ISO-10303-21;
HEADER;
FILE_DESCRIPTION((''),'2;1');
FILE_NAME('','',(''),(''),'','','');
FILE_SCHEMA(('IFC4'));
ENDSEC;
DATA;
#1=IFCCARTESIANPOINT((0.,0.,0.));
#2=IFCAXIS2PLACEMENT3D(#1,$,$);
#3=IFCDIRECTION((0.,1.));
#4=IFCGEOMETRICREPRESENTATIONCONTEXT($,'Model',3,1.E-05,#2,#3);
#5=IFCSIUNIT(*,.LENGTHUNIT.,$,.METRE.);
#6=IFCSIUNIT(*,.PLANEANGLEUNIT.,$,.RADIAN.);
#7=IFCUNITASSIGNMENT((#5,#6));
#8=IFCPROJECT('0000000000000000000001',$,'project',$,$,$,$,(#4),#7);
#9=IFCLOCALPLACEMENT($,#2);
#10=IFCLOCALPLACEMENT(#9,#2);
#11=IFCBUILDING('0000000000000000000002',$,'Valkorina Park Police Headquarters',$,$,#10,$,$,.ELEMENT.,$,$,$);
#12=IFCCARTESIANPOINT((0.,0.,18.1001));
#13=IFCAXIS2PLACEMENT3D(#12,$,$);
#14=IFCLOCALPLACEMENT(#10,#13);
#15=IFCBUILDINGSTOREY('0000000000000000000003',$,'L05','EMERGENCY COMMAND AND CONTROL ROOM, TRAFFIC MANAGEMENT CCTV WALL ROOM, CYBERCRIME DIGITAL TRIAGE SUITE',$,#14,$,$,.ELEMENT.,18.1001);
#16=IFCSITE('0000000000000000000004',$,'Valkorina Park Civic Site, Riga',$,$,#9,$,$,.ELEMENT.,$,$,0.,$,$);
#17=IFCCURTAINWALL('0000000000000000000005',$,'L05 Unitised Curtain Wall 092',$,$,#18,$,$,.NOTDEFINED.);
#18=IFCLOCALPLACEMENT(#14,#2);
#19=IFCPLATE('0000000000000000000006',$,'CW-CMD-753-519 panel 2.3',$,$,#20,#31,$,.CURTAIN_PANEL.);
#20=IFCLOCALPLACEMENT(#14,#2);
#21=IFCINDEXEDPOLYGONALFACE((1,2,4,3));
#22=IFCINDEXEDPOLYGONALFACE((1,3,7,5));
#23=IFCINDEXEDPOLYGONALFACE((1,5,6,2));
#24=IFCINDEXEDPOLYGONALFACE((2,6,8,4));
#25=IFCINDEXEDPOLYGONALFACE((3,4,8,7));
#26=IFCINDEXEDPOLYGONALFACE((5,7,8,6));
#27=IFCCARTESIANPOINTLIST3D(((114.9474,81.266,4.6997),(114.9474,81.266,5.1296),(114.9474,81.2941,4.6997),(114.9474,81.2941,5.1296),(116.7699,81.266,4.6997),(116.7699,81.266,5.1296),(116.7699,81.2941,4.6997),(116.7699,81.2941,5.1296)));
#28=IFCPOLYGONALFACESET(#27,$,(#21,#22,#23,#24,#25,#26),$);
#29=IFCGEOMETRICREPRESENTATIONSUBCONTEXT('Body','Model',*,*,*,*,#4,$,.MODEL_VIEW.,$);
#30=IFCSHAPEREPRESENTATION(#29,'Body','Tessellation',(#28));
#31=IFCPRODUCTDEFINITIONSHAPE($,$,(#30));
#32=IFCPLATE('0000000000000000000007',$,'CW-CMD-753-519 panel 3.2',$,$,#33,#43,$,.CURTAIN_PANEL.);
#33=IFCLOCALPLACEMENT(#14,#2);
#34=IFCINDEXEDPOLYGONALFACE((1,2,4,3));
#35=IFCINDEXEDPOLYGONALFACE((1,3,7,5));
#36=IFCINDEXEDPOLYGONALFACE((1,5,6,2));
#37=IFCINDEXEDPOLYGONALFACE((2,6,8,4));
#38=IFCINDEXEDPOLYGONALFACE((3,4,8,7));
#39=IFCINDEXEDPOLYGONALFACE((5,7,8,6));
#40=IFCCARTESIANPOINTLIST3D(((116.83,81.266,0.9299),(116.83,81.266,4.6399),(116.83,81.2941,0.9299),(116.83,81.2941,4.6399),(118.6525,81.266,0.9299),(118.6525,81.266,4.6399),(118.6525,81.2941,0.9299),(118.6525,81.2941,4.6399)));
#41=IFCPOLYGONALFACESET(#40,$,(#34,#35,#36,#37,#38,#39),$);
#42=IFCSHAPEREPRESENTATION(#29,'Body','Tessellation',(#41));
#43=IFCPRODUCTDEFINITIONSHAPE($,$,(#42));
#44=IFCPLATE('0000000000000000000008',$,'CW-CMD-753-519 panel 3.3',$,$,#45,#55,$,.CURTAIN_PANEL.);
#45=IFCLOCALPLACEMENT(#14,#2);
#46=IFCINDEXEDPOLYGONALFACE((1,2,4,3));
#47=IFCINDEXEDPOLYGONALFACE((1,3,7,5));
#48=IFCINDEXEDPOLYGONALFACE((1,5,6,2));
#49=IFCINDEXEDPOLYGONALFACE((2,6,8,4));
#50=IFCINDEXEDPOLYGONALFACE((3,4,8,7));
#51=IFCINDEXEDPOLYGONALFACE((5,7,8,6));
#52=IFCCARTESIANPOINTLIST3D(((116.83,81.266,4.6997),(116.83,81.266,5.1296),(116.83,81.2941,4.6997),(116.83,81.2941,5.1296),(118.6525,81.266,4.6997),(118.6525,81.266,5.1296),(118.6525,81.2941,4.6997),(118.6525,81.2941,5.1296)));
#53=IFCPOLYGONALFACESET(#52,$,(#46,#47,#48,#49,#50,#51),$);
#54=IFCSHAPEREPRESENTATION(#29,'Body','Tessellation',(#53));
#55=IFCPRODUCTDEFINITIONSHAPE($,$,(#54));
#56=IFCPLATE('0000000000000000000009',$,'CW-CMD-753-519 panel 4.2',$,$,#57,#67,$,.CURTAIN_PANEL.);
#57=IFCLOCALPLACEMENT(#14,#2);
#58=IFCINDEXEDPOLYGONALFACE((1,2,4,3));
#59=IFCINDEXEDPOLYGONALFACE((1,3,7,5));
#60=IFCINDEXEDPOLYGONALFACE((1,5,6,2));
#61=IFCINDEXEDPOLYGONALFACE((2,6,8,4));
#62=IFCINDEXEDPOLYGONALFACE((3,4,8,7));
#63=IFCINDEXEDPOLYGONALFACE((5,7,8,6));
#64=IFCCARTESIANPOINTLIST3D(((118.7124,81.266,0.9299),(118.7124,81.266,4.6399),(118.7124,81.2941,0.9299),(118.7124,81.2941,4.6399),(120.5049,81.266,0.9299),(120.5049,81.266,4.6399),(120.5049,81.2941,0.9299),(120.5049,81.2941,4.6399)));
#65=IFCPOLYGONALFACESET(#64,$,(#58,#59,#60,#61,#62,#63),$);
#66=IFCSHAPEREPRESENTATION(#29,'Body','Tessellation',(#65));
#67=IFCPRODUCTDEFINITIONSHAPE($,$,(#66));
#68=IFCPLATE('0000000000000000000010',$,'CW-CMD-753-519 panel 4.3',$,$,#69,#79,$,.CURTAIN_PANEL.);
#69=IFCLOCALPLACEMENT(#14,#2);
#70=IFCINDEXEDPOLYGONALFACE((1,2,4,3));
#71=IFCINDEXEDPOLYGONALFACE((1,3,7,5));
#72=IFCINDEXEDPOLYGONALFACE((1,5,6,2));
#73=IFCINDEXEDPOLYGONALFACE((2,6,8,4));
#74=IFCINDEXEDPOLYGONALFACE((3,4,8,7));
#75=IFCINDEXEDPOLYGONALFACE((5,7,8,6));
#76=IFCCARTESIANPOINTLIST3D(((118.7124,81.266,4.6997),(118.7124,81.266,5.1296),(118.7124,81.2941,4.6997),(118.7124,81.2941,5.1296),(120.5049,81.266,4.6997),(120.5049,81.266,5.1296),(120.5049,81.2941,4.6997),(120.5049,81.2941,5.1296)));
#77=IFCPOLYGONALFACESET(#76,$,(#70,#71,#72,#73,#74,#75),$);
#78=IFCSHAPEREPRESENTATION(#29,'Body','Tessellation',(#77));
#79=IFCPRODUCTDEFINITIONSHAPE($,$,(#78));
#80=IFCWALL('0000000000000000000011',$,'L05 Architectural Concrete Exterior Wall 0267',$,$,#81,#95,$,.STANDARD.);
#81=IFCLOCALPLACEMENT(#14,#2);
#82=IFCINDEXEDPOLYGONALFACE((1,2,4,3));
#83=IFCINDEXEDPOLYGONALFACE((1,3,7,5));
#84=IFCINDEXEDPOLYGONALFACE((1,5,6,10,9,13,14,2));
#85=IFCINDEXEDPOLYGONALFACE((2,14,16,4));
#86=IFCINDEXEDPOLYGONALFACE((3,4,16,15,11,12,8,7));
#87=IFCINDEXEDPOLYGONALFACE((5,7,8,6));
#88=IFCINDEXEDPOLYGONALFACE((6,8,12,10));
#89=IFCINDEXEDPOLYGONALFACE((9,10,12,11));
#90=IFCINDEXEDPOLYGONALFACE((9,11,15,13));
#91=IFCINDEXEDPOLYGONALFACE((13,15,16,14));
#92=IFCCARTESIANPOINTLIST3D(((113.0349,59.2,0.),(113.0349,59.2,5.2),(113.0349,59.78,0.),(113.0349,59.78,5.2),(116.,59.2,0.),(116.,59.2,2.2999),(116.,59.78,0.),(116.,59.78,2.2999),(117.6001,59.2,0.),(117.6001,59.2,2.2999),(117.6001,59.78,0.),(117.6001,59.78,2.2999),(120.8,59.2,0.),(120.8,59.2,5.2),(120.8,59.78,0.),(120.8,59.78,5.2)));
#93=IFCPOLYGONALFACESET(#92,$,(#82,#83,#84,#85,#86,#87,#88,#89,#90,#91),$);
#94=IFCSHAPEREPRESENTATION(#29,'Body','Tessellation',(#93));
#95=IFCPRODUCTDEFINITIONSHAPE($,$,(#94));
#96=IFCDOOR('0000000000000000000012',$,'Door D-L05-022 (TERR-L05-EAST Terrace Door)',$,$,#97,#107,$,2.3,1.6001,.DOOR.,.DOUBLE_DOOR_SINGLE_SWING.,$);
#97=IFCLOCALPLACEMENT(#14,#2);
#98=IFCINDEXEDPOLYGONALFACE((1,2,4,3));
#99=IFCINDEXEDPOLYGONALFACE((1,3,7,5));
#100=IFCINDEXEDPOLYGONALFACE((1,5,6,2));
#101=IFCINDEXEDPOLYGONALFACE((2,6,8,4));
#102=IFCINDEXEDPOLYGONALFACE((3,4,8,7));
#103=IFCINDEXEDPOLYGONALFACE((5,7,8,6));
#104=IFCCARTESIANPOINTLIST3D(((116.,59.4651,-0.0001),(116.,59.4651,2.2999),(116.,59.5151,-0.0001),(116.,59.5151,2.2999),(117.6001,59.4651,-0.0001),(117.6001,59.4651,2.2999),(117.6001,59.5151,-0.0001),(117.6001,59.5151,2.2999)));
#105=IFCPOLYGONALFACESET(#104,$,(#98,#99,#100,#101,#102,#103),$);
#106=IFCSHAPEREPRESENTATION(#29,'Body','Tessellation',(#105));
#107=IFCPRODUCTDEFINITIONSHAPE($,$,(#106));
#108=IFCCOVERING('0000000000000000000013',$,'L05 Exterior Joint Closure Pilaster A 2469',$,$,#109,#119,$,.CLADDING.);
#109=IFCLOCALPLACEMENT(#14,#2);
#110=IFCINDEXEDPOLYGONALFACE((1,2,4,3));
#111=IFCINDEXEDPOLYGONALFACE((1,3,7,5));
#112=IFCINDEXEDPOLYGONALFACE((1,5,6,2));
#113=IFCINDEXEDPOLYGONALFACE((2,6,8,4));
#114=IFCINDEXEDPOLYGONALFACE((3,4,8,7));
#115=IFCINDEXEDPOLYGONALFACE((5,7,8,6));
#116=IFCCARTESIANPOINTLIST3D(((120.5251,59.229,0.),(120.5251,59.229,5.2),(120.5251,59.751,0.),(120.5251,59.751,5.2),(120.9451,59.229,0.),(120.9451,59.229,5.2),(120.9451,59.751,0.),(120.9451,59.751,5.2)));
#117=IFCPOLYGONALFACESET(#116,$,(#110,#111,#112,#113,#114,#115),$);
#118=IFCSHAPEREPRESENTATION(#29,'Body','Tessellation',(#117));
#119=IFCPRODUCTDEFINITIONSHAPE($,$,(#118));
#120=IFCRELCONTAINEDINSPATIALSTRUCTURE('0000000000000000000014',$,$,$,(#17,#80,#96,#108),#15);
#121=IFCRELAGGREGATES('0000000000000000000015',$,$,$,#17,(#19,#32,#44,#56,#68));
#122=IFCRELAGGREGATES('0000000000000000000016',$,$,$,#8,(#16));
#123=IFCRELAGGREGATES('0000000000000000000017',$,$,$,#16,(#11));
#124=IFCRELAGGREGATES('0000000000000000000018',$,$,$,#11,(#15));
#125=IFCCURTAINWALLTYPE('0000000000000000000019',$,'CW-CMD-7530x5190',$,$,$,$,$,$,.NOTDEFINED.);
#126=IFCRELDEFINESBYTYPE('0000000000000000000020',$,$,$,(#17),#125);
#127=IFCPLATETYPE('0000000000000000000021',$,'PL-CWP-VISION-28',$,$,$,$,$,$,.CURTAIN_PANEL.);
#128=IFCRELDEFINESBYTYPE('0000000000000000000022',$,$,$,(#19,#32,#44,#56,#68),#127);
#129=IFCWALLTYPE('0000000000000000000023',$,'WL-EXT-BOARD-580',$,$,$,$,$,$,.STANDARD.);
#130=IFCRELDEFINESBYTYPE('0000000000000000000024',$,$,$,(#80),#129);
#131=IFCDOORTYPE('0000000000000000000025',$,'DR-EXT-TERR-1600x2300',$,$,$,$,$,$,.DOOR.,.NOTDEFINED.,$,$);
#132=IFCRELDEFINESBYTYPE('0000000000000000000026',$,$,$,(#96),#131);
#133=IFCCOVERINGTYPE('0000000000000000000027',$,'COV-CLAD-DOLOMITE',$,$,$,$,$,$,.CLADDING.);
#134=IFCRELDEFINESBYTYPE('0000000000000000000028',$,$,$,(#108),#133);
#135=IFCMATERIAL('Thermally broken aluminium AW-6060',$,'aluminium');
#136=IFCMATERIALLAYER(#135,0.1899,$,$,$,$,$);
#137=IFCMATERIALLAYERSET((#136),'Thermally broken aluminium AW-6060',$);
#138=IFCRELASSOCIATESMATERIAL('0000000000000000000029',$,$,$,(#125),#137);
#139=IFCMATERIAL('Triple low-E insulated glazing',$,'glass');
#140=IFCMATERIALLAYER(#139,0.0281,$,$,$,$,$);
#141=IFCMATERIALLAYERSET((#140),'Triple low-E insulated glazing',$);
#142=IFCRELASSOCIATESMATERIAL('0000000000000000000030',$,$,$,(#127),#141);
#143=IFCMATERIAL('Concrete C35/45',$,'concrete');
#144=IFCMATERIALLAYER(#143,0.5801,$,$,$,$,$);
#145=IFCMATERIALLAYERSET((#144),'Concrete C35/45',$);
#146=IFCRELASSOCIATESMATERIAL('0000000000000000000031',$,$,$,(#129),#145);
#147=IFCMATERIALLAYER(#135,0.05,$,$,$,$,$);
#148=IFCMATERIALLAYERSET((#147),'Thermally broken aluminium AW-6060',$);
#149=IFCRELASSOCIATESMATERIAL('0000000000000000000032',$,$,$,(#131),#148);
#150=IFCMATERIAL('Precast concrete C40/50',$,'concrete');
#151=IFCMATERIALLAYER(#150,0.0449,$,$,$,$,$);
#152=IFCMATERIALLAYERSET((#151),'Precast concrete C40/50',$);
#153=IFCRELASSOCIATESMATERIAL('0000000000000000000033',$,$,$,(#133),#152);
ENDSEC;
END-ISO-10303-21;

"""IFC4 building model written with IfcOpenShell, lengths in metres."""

from ifc_helpers import new_model, si_unit, direction, frame, frame_2d, origin, origin_2d, place, context, subcontext, project, spatial, rectangle, extrude, material, layer, layer_set, type_object, element, fill, aggregate, save


model = new_model("IFC4")

# Units and contexts
model_context = context("Model", 3, precision=1e-05, world=origin(), true_north=direction((0.0, 1.0)))
body_context = subcontext(model_context, "Body", "Model", "MODEL_VIEW")
ifc_project = project(units=[si_unit("LENGTHUNIT", "METRE"), si_unit("PLANEANGLEUNIT", "RADIAN")], contexts=[model_context])

# Site, building, storey
site_placement = place(None, origin())
site = spatial("IfcSite", under=ifc_project, at=site_placement, Name="Valkorina Park Civic Site, Riga", CompositionType="ELEMENT", RefElevation=0.0)
building_placement = place(site_placement, origin())
building = spatial("IfcBuilding", under=site, at=building_placement, Name="Valkorina Park Police Headquarters", CompositionType="ELEMENT")
storey_placement = place(building_placement, frame((0.0, 0.0, 18.1001)))
storey = spatial("IfcBuildingStorey", under=building, at=storey_placement, Name="L05", Description="EMERGENCY COMMAND AND CONTROL ROOM, TRAFFIC MANAGEMENT CCTV WALL ROOM, CYBERCRIME DIGITAL TRIAGE SUITE", CompositionType="ELEMENT", Elevation=18.1001)

# Curtain wall, plates
ifc_material_1 = material(Name="Thermally broken aluminium AW-6060", Category="aluminium")
ifc_layer_1 = layer(ifc_material_1, 0.1899)
ifc_layer_set_1 = layer_set([ifc_layer_1], Name="Thermally broken aluminium AW-6060")
curtain_wall_type = type_object("IfcCurtainWallType", Name="CW-CMD-7530x5190", PredefinedType="NOTDEFINED", material=ifc_layer_set_1)
curtain_wall_placement = place(storey_placement, origin())
curtain_wall = element("IfcCurtainWall", 1, at=curtain_wall_placement, inside=storey, type_object=curtain_wall_type, Name="L05 Unitised Curtain Wall 092", PredefinedType="NOTDEFINED")
ifc_material_2 = material(Name="Triple low-E insulated glazing", Category="glass")
ifc_layer_2 = layer(ifc_material_2, 0.0281)
ifc_layer_set_2 = layer_set([ifc_layer_2], Name="Triple low-E insulated glazing")
plate_type_1 = type_object("IfcPlateType", Name="PL-CWP-VISION-28", PredefinedType="CURTAIN_PANEL", material=ifc_layer_set_2)
plate_1_placement = place(storey_placement, frame((115.8586, 81.28, 4.6997), z_axis=(0.0, 0.0, 1.0), x_axis=(1.0, 0.0, 0.0)))
plate_1 = element("IfcPlate", 2, at=plate_1_placement, type_object=plate_type_1, Name="CW-CMD-753-519 panel 2.3", PredefinedType="CURTAIN_PANEL", context=body_context, shape_type="SweptSolid", body=[
    extrude(rectangle(XDim=1.8225, YDim=0.0281, at=origin_2d()), origin(), (0.0, 0.0, 1.0), 0.4299),
])
plate_2_placement = place(storey_placement, frame((117.7412, 81.28, 0.9299), z_axis=(0.0, 0.0, 1.0), x_axis=(1.0, 0.0, 0.0)))
plate_2 = element("IfcPlate", 3, at=plate_2_placement, type_object=plate_type_1, Name="CW-CMD-753-519 panel 3.2", PredefinedType="CURTAIN_PANEL", context=body_context, shape_type="SweptSolid", body=[
    extrude(rectangle(XDim=1.8225, YDim=0.0281, at=origin_2d()), origin(), (0.0, 0.0, 1.0), 3.71),
])
plate_3_placement = place(storey_placement, frame((117.7412, 81.28, 4.6997), z_axis=(0.0, 0.0, 1.0), x_axis=(1.0, 0.0, 0.0)))
plate_3 = element("IfcPlate", 4, at=plate_3_placement, type_object=plate_type_1, Name="CW-CMD-753-519 panel 3.3", PredefinedType="CURTAIN_PANEL", context=body_context, shape_type="SweptSolid", body=[
    extrude(rectangle(XDim=1.8225, YDim=0.0281, at=origin_2d()), origin(), (0.0, 0.0, 1.0), 0.4299),
])
plate_4_placement = place(storey_placement, frame((119.6086, 81.28, 0.9299), z_axis=(0.0, 0.0, 1.0), x_axis=(1.0, 0.0, 0.0)))
plate_4 = element("IfcPlate", 5, at=plate_4_placement, type_object=plate_type_1, Name="CW-CMD-753-519 panel 4.2", PredefinedType="CURTAIN_PANEL", context=body_context, shape_type="SweptSolid", body=[
    extrude(rectangle(XDim=1.7925, YDim=0.0281, at=origin_2d()), origin(), (0.0, 0.0, 1.0), 3.71),
])
plate_5_placement = place(storey_placement, frame((119.6086, 81.28, 4.6997), z_axis=(0.0, 0.0, 1.0), x_axis=(1.0, 0.0, 0.0)))
plate_5 = element("IfcPlate", 6, at=plate_5_placement, type_object=plate_type_1, Name="CW-CMD-753-519 panel 4.3", PredefinedType="CURTAIN_PANEL", context=body_context, shape_type="SweptSolid", body=[
    extrude(rectangle(XDim=1.7925, YDim=0.0281, at=origin_2d()), origin(), (0.0, 0.0, 1.0), 0.4299),
])
aggregate(curtain_wall, [plate_1, plate_2, plate_3, plate_4, plate_5])

# Wall, opening, door
ifc_material_3 = material(Name="Concrete C35/45", Category="concrete")
ifc_layer_3 = layer(ifc_material_3, 0.5801)
ifc_layer_set_3 = layer_set([ifc_layer_3], Name="Concrete C35/45")
wall_type = type_object("IfcWallType", Name="WL-EXT-BOARD-580", PredefinedType="STANDARD", material=ifc_layer_set_3)
wall_placement = place(storey_placement, frame((120.8, 59.49, 0.0), z_axis=(0.0, 0.0, 1.0), x_axis=(-1.0, 0.0, 0.0)))
wall = element("IfcWall", 7, at=wall_placement, inside=storey, type_object=wall_type, Name="L05 Architectural Concrete Exterior Wall 0267", PredefinedType="STANDARD", context=body_context, shape_type="SweptSolid", body=[
    extrude(rectangle(XDim=7.7651, YDim=0.5801, at=frame_2d((3.8826, 0.0))), origin(), (0.0, 0.0, 1.0), 5.2),
])
opening_placement = place(wall_placement, frame((3.2, 0.0, 0.0)))
opening = element("IfcOpeningElement", 8, at=opening_placement, cuts=wall, PredefinedType="OPENING", context=body_context, shape_type="SweptSolid", body=[
    extrude(rectangle(XDim=1.6001, YDim=2.3, at=frame_2d((0.8, 1.1499))), frame((0.0, 0.3, 0.0), z_axis=(0.0, -1.0, 0.0), x_axis=(1.0, 0.0, 0.0)), (0.0, 0.0, 1.0), 0.6001),
])
ifc_layer_4 = layer(ifc_material_1, 0.05)
ifc_layer_set_4 = layer_set([ifc_layer_4], Name="Thermally broken aluminium AW-6060")
door_type = type_object("IfcDoorType", Name="DR-EXT-TERR-1600x2300", OperationType="NOTDEFINED", PredefinedType="DOOR", material=ifc_layer_set_4)
door_placement = place(opening_placement, origin())
door = element("IfcDoor", 9, at=door_placement, inside=storey, type_object=door_type, Name="Door D-L05-022 (TERR-L05-EAST Terrace Door)", OperationType="DOUBLE_DOOR_SINGLE_SWING", OverallHeight=2.3, OverallWidth=1.6001, PredefinedType="DOOR", context=body_context, shape_type="SweptSolid", body=[
    extrude(rectangle(XDim=1.6001, YDim=2.3, at=frame_2d((0.8, 1.1499))), frame((0.0, 0.0249, 0.0), z_axis=(0.0, -1.0, 0.0), x_axis=(1.0, 0.0, 0.0)), (0.0, 0.0, 1.0), 0.05),
])
fill(opening, door)

# Covering
ifc_material_4 = material(Name="Precast concrete C40/50", Category="concrete")
ifc_layer_5 = layer(ifc_material_4, 0.0449)
ifc_layer_set_5 = layer_set([ifc_layer_5], Name="Precast concrete C40/50")
covering_type = type_object("IfcCoveringType", Name="COV-CLAD-DOLOMITE", PredefinedType="CLADDING", material=ifc_layer_set_5)
covering_placement = place(storey_placement, frame((120.7351, 59.49, 0.0), z_axis=(0.0, 0.0, 1.0), x_axis=(1.0, 0.0, 0.0)))
element("IfcCovering", 10, at=covering_placement, inside=storey, type_object=covering_type, Name="L05 Exterior Joint Closure Pilaster A 2469", PredefinedType="CLADDING", context=body_context, shape_type="SweptSolid", body=[
    extrude(rectangle(XDim=0.4199, YDim=0.522, at=origin_2d()), origin(), (0.0, 0.0, 1.0), 5.2),
])

save(model, "model.ifc")
